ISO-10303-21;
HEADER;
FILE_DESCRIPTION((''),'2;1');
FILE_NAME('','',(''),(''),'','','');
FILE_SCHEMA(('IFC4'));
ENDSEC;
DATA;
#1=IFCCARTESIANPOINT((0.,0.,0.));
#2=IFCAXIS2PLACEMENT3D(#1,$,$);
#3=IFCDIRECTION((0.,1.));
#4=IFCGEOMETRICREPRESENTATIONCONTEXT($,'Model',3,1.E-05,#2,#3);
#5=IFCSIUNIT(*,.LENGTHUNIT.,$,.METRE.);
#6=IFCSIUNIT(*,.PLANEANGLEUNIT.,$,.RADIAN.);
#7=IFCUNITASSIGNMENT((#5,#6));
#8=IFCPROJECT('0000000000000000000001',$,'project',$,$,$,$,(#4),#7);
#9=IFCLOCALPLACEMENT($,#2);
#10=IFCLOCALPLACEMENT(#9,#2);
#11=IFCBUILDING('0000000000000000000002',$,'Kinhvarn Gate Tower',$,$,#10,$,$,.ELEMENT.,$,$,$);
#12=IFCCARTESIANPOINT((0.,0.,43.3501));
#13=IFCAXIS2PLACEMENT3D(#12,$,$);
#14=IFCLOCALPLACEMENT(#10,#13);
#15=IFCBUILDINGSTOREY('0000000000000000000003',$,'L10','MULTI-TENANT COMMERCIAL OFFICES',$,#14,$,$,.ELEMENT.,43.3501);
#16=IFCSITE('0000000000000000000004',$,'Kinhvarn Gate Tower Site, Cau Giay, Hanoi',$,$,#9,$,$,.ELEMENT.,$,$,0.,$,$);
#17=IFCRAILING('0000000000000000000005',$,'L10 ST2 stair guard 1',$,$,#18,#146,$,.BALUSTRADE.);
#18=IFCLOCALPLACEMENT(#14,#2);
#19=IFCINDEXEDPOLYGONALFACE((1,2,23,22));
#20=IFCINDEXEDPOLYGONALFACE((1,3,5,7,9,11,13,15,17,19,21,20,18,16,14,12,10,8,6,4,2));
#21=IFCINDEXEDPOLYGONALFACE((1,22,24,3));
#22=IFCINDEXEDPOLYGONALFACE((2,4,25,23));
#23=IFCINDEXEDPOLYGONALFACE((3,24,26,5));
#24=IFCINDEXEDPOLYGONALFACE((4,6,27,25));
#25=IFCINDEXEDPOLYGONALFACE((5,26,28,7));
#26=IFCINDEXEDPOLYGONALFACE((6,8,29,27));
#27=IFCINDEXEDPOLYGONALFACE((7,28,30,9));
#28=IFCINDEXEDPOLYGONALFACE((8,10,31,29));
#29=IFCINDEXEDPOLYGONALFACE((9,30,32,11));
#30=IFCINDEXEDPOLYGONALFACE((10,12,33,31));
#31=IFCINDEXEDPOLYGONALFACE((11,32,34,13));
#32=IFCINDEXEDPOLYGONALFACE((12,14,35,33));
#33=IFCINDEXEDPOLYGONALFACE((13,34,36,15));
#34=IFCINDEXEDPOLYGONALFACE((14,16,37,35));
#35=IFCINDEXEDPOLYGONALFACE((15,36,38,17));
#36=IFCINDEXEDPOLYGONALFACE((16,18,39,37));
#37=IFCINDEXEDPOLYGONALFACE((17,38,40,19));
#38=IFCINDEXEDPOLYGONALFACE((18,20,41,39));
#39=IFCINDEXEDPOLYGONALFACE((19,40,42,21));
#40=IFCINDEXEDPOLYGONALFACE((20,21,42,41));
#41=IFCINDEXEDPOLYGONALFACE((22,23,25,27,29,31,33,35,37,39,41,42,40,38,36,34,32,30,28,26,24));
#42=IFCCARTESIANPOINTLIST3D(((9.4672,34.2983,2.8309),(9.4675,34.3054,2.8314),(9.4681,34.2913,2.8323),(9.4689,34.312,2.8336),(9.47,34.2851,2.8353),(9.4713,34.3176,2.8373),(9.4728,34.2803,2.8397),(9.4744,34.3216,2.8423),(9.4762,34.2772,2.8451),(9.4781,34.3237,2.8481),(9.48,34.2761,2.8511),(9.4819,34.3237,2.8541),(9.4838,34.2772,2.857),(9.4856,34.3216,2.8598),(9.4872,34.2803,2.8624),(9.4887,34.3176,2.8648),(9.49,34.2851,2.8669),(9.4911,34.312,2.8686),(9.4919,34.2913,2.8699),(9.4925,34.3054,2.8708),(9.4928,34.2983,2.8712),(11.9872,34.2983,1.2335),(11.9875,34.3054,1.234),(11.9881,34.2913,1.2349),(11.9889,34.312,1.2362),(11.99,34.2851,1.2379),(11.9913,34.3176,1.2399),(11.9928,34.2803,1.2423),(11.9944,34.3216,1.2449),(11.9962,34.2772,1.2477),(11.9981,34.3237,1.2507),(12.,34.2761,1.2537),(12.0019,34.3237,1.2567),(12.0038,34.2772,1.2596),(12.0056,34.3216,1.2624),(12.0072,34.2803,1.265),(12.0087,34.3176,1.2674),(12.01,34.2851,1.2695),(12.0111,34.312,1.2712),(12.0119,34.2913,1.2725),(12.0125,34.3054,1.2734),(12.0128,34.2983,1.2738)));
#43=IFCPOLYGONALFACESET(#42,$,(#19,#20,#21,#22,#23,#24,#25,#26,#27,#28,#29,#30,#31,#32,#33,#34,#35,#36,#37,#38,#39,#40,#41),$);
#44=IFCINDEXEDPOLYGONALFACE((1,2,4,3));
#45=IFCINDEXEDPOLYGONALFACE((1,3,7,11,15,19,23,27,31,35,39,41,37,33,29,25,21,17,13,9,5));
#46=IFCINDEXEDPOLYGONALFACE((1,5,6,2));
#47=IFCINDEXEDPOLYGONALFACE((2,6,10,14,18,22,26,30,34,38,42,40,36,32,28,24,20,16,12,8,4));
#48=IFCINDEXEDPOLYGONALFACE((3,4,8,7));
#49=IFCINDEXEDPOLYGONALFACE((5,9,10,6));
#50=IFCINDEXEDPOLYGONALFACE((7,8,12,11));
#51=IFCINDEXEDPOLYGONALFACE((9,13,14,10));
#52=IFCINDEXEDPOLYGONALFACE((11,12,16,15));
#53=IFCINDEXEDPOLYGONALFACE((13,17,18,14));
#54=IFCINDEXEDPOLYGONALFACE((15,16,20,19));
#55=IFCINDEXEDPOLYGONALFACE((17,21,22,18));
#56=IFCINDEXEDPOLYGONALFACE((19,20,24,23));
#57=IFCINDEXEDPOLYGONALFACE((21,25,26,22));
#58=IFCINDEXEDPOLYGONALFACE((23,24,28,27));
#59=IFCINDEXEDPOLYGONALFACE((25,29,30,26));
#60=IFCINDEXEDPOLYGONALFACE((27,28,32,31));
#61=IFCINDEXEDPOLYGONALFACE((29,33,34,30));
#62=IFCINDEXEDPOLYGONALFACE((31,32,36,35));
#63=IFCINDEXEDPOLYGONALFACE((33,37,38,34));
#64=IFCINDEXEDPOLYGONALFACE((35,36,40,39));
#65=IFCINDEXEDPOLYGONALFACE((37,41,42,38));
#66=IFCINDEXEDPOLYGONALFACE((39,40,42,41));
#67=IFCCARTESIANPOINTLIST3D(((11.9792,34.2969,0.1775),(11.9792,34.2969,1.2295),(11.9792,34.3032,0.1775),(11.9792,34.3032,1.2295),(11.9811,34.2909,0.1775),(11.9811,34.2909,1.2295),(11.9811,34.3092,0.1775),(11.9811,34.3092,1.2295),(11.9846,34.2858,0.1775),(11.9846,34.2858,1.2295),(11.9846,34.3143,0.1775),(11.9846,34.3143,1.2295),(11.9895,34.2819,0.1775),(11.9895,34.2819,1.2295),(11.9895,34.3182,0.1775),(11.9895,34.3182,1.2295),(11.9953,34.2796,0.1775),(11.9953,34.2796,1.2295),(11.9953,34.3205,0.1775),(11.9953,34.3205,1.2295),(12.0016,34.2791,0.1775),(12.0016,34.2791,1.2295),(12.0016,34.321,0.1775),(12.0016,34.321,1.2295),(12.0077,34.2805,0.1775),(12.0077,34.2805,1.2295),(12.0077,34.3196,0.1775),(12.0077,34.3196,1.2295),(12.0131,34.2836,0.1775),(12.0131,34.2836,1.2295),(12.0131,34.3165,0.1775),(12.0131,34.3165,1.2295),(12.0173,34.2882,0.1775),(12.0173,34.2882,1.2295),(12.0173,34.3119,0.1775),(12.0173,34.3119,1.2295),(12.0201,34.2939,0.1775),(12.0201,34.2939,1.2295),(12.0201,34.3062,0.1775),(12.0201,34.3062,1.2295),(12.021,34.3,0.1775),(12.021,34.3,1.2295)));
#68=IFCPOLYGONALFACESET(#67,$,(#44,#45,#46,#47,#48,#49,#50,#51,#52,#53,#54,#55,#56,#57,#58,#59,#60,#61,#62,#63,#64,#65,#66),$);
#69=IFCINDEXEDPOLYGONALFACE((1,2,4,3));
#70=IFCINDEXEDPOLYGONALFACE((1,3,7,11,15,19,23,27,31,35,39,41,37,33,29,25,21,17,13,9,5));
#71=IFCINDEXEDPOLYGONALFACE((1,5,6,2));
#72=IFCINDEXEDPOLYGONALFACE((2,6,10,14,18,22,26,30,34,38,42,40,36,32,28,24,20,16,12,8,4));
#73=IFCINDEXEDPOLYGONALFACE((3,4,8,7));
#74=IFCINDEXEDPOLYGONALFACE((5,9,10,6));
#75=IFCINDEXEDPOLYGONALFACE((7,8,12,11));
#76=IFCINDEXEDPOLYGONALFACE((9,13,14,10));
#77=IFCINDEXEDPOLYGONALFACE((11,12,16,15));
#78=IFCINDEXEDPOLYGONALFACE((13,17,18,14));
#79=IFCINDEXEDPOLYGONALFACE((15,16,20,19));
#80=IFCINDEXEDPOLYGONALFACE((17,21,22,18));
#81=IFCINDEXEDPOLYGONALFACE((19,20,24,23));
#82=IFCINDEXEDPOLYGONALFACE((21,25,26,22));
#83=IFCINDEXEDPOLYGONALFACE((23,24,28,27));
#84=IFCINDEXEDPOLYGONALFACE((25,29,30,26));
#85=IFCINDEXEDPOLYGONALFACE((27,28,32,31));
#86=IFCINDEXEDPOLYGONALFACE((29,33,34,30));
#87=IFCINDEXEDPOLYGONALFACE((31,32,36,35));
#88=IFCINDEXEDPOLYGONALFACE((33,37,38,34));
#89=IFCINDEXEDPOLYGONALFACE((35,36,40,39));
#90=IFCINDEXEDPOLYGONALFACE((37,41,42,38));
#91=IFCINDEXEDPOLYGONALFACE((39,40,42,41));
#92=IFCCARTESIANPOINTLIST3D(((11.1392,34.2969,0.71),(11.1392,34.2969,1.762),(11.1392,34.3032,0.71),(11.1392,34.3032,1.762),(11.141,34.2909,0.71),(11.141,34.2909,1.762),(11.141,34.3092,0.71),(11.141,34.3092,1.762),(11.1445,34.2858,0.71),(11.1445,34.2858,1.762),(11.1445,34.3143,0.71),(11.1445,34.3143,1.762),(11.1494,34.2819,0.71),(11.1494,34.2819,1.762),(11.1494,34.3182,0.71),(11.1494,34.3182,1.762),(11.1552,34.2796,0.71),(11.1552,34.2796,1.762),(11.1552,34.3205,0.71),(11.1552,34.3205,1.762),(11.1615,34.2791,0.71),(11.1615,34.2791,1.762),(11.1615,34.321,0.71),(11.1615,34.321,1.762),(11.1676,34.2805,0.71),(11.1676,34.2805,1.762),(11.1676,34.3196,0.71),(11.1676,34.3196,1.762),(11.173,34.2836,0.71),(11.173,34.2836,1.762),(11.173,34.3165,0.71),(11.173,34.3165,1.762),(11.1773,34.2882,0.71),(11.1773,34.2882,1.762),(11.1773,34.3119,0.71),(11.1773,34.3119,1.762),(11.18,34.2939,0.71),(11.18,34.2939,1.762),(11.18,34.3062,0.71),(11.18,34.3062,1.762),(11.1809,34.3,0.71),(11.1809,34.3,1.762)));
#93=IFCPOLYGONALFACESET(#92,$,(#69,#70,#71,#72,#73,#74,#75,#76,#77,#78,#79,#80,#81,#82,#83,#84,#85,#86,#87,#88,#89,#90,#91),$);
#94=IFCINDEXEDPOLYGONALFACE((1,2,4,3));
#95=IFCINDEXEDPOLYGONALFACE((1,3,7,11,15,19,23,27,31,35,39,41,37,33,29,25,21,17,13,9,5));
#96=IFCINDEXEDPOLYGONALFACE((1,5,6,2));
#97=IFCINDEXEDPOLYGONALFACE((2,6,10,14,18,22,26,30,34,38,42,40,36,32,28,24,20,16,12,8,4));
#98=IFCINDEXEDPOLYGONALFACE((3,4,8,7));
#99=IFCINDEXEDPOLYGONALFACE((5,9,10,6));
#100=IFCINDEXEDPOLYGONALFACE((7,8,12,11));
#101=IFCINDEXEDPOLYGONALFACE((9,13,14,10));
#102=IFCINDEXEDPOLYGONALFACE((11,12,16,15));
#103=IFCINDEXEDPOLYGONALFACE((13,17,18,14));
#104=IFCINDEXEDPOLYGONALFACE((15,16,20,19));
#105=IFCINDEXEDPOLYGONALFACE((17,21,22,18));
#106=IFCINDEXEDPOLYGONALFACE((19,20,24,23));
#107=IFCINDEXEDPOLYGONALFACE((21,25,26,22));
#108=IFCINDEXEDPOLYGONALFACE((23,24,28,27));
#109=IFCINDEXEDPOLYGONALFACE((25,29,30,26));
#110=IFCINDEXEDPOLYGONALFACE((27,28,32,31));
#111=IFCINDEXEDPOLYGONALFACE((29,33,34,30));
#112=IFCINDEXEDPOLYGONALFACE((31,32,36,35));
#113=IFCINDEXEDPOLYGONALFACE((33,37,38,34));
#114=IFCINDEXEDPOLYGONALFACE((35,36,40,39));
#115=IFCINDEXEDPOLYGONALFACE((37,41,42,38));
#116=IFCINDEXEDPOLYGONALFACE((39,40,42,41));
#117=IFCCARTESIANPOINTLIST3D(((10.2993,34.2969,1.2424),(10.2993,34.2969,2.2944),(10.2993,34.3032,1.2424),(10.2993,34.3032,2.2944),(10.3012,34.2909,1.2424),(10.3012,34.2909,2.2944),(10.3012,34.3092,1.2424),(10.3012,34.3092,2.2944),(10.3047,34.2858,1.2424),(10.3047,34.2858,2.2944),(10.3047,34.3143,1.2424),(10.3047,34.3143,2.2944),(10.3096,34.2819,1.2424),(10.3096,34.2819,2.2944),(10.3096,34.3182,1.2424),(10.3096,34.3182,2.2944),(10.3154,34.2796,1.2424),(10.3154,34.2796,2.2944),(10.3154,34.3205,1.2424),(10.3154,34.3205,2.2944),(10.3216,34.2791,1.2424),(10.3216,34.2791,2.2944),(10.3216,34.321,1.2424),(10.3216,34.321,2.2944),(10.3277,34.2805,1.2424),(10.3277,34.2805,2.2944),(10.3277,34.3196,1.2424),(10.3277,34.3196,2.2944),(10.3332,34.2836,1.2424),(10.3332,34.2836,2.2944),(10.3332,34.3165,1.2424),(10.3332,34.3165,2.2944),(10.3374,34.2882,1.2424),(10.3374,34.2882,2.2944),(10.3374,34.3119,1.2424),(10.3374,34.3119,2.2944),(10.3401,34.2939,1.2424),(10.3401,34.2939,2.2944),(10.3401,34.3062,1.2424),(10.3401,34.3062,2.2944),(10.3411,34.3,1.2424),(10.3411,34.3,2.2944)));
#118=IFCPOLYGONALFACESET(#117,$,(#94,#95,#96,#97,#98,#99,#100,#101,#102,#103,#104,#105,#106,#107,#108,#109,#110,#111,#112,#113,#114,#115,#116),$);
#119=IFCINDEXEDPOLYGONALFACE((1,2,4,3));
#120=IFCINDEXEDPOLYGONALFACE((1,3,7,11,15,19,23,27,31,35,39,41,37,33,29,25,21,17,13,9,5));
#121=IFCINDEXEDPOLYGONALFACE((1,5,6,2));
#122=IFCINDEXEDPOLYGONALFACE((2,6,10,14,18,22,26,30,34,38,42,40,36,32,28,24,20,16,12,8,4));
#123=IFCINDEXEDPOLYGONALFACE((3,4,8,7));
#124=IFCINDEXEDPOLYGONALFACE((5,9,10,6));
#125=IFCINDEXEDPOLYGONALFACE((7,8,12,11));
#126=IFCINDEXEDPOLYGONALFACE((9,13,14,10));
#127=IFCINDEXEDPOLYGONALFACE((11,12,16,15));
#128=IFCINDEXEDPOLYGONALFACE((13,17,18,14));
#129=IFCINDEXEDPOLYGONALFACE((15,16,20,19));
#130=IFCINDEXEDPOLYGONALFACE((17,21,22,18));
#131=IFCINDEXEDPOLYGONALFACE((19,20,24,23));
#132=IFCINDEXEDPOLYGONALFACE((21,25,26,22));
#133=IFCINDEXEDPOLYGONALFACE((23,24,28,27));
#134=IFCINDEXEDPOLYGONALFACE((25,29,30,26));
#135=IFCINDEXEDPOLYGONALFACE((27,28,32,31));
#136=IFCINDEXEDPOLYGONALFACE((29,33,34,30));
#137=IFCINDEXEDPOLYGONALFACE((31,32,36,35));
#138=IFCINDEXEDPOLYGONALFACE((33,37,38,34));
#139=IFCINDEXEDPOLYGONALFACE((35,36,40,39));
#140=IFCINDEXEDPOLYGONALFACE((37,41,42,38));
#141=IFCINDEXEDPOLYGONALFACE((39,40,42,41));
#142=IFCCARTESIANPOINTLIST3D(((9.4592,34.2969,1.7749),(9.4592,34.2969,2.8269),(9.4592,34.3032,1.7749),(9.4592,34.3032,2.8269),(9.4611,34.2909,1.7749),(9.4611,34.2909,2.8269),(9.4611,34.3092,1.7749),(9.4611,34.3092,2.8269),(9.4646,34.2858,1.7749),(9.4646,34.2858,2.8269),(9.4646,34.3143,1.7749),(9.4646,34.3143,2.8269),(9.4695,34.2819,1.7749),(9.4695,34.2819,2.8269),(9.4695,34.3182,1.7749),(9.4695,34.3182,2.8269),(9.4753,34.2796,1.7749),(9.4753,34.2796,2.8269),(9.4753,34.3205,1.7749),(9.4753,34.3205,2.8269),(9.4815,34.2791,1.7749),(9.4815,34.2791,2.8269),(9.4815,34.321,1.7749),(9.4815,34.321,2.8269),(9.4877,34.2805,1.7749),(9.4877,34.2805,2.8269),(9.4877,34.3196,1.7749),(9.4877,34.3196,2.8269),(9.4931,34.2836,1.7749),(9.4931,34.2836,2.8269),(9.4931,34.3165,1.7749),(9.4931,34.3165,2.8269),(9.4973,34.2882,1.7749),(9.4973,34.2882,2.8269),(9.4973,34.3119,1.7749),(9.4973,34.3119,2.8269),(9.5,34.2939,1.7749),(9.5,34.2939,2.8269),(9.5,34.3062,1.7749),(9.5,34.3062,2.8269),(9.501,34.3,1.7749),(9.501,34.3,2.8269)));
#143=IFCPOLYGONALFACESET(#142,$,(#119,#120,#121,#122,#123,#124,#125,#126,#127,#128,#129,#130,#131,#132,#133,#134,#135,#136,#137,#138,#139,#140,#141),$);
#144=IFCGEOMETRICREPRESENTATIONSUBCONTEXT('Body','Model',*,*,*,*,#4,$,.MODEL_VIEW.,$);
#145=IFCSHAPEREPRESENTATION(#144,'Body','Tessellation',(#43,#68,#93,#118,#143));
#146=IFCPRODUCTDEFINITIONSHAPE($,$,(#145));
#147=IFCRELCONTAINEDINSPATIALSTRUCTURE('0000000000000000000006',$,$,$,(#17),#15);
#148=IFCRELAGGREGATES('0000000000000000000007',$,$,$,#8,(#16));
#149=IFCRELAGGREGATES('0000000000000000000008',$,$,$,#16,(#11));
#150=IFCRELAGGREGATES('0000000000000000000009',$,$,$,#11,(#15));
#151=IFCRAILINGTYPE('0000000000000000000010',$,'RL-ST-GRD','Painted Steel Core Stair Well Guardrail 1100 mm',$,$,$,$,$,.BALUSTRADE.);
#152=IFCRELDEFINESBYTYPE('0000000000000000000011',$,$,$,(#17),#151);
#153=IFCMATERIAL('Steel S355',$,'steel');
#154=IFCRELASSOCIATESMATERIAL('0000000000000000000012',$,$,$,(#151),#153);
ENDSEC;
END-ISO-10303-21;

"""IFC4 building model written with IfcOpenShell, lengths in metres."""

from ifc_helpers import new_model, si_unit, direction, frame, origin, origin_2d, place, context, subcontext, project, spatial, circle, extrude, material, type_object, element, save


model = new_model("IFC4")

# Units and contexts
model_context = context("Model", 3, precision=1e-05, world=origin(), true_north=direction((0.0, 1.0)))
body_context = subcontext(model_context, "Body", "Model", "MODEL_VIEW")
ifc_project = project(units=[si_unit("LENGTHUNIT", "METRE"), si_unit("PLANEANGLEUNIT", "RADIAN")], contexts=[model_context])

# Site, building, storey
site_placement = place(None, origin())
site = spatial("IfcSite", under=ifc_project, at=site_placement, Name="Kinhvarn Gate Tower Site, Cau Giay, Hanoi", CompositionType="ELEMENT", RefElevation=0.0)
building_placement = place(site_placement, origin())
building = spatial("IfcBuilding", under=site, at=building_placement, Name="Kinhvarn Gate Tower", CompositionType="ELEMENT")
storey_placement = place(building_placement, frame((0.0, 0.0, 43.3501)))
storey = spatial("IfcBuildingStorey", under=building, at=storey_placement, Name="L10", Description="MULTI-TENANT COMMERCIAL OFFICES", CompositionType="ELEMENT", Elevation=43.3501)

# Shared definitions
ifc_material_1 = material(Name="Steel S355", Category="steel")

# Railing
railing_type_1 = type_object("IfcRailingType", Name="RL-ST-GRD", Description="Painted Steel Core Stair Well Guardrail 1100 mm", PredefinedType="BALUSTRADE", material=ifc_material_1)
railing_1_placement = place(storey_placement, frame((12.0, 34.3, 0.1775)))
element("IfcRailing", 1, at=railing_1_placement, inside=storey, type_object=railing_type_1, Name="L10 ST2 stair guard 1", PredefinedType="BALUSTRADE", context=body_context, shape_type="SweptSolid", body=[
    extrude(circle(Radius=0.0239, at=origin_2d()), frame((0.0, 0.0, 1.0762), z_axis=(-0.844607, 0.0, 0.535387), x_axis=(0.0, -1.0, 0.0)), (0.0, 0.0, 1.0), 2.9836),
    extrude(circle(Radius=0.021, at=origin_2d()), origin(), (0.0, 0.0, 1.0), 1.052),
    extrude(circle(Radius=0.021, at=origin_2d()), frame((-0.8401, 0.0, 0.5325)), (0.0, 0.0, 1.0), 1.052),
    extrude(circle(Radius=0.021, at=origin_2d()), frame((-1.6799, 0.0, 1.0649)), (0.0, 0.0, 1.0), 1.052),
    extrude(circle(Radius=0.021, at=origin_2d()), frame((-2.52, 0.0, 1.5974)), (0.0, 0.0, 1.0), 1.052),
])

save(model, "model.ifc")
